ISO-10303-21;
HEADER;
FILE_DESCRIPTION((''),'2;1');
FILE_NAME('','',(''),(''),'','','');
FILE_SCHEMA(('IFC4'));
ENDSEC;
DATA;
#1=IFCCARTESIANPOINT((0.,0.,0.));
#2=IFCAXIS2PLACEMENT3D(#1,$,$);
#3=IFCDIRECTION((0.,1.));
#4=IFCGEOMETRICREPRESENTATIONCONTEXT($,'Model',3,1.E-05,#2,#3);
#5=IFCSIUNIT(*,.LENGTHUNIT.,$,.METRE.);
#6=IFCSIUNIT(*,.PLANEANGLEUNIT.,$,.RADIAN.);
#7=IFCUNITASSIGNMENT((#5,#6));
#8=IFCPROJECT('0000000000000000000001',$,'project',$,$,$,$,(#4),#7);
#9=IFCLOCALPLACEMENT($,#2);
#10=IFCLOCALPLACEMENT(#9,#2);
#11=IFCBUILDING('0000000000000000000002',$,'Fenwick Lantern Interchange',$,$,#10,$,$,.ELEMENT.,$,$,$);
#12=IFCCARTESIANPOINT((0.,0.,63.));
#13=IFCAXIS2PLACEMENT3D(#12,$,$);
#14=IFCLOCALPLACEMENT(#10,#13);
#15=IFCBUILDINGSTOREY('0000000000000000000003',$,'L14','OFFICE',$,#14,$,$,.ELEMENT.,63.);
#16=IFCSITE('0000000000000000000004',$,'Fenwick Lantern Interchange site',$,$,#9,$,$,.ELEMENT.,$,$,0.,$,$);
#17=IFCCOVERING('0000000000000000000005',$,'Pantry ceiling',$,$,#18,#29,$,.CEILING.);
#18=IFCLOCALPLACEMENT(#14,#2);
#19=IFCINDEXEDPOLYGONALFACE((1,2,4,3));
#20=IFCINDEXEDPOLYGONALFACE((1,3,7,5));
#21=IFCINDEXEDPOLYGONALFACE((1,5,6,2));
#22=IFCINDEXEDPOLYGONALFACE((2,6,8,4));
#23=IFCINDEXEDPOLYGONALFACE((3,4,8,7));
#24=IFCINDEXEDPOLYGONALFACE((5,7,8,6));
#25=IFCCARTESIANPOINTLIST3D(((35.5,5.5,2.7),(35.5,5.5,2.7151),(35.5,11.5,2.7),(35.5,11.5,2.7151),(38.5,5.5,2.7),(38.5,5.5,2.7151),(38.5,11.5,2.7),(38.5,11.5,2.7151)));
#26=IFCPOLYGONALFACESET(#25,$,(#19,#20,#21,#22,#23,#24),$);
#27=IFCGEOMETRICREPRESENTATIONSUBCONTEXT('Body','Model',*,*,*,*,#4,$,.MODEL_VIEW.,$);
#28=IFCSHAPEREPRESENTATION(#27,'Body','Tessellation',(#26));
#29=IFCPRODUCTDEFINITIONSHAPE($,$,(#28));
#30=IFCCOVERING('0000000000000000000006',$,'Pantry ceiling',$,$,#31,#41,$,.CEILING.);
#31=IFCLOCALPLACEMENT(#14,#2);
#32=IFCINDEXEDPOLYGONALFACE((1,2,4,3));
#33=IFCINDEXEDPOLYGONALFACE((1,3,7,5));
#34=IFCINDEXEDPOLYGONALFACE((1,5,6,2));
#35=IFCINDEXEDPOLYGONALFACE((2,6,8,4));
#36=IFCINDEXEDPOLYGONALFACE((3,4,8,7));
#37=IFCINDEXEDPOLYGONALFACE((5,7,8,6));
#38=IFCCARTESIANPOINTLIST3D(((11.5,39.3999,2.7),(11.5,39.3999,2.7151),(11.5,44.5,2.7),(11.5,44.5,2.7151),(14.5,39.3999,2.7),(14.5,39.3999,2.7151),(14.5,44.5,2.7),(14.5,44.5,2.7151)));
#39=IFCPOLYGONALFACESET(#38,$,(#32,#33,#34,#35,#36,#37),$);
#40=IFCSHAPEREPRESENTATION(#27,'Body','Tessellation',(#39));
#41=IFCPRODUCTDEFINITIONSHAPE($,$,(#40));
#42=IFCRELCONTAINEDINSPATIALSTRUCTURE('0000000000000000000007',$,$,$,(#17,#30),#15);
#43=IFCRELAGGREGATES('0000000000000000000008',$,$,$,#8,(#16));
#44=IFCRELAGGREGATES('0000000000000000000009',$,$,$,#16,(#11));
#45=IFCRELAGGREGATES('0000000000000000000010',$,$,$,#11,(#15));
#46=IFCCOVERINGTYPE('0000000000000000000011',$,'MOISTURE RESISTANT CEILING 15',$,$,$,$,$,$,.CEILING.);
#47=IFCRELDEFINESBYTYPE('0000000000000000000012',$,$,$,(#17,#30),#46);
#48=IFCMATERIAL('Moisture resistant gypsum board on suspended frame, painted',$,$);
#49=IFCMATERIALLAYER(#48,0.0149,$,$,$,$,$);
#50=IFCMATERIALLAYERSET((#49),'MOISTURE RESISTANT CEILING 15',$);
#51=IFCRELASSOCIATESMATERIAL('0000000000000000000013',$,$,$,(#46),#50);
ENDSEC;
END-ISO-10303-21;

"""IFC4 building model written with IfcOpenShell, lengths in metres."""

from ifc_helpers import new_model, si_unit, direction, frame, origin, place, context, subcontext, project, spatial, polyline, outline, extrude, material, layer, layer_set, type_object, element, save


model = new_model("IFC4")

# Units and contexts
model_context = context("Model", 3, precision=1e-05, world=origin(), true_north=direction((0.0, 1.0)))
body_context = subcontext(model_context, "Body", "Model", "MODEL_VIEW")
ifc_project = project(units=[si_unit("LENGTHUNIT", "METRE"), si_unit("PLANEANGLEUNIT", "RADIAN")], contexts=[model_context])

# Site, building, storey
site_placement = place(None, origin())
site = spatial("IfcSite", under=ifc_project, at=site_placement, Name="Fenwick Lantern Interchange site", CompositionType="ELEMENT", RefElevation=0.0)
building_placement = place(site_placement, origin())
building = spatial("IfcBuilding", under=site, at=building_placement, Name="Fenwick Lantern Interchange", CompositionType="ELEMENT")
storey_placement = place(building_placement, frame((0.0, 0.0, 63.0)))
storey = spatial("IfcBuildingStorey", under=building, at=storey_placement, Name="L14", Description="OFFICE", CompositionType="ELEMENT", Elevation=63.0)

# Coverings
ifc_material_1 = material(Name="Moisture resistant gypsum board on suspended frame, painted")
ifc_layer_1 = layer(ifc_material_1, 0.0149)
ifc_layer_set_1 = layer_set([ifc_layer_1], Name="MOISTURE RESISTANT CEILING 15")
covering_type_1 = type_object("IfcCoveringType", Name="MOISTURE RESISTANT CEILING 15", PredefinedType="CEILING", material=ifc_layer_set_1)
covering_1_placement = place(storey_placement, frame((0.0, 0.0, 2.7)))
element("IfcCovering", 1, at=covering_1_placement, inside=storey, type_object=covering_type_1, Name="Pantry ceiling", PredefinedType="CEILING", context=body_context, shape_type="SweptSolid", body=[
    extrude(outline(polyline([(35.5, 5.5), (38.5, 5.5), (38.5, 11.5), (35.5, 11.5), (35.5, 5.5)])), origin(), (0.0, 0.0, 1.0), 0.0151),
])
covering_2_placement = place(storey_placement, frame((0.0, 0.0, 2.7)))
element("IfcCovering", 2, at=covering_2_placement, inside=storey, type_object=covering_type_1, Name="Pantry ceiling", PredefinedType="CEILING", context=body_context, shape_type="SweptSolid", body=[
    extrude(outline(polyline([(14.5, 44.5), (11.5, 44.5), (11.5, 39.3999), (14.5, 39.3999), (14.5, 44.5)])), origin(), (0.0, 0.0, 1.0), 0.0151),
])

save(model, "model.ifc")
